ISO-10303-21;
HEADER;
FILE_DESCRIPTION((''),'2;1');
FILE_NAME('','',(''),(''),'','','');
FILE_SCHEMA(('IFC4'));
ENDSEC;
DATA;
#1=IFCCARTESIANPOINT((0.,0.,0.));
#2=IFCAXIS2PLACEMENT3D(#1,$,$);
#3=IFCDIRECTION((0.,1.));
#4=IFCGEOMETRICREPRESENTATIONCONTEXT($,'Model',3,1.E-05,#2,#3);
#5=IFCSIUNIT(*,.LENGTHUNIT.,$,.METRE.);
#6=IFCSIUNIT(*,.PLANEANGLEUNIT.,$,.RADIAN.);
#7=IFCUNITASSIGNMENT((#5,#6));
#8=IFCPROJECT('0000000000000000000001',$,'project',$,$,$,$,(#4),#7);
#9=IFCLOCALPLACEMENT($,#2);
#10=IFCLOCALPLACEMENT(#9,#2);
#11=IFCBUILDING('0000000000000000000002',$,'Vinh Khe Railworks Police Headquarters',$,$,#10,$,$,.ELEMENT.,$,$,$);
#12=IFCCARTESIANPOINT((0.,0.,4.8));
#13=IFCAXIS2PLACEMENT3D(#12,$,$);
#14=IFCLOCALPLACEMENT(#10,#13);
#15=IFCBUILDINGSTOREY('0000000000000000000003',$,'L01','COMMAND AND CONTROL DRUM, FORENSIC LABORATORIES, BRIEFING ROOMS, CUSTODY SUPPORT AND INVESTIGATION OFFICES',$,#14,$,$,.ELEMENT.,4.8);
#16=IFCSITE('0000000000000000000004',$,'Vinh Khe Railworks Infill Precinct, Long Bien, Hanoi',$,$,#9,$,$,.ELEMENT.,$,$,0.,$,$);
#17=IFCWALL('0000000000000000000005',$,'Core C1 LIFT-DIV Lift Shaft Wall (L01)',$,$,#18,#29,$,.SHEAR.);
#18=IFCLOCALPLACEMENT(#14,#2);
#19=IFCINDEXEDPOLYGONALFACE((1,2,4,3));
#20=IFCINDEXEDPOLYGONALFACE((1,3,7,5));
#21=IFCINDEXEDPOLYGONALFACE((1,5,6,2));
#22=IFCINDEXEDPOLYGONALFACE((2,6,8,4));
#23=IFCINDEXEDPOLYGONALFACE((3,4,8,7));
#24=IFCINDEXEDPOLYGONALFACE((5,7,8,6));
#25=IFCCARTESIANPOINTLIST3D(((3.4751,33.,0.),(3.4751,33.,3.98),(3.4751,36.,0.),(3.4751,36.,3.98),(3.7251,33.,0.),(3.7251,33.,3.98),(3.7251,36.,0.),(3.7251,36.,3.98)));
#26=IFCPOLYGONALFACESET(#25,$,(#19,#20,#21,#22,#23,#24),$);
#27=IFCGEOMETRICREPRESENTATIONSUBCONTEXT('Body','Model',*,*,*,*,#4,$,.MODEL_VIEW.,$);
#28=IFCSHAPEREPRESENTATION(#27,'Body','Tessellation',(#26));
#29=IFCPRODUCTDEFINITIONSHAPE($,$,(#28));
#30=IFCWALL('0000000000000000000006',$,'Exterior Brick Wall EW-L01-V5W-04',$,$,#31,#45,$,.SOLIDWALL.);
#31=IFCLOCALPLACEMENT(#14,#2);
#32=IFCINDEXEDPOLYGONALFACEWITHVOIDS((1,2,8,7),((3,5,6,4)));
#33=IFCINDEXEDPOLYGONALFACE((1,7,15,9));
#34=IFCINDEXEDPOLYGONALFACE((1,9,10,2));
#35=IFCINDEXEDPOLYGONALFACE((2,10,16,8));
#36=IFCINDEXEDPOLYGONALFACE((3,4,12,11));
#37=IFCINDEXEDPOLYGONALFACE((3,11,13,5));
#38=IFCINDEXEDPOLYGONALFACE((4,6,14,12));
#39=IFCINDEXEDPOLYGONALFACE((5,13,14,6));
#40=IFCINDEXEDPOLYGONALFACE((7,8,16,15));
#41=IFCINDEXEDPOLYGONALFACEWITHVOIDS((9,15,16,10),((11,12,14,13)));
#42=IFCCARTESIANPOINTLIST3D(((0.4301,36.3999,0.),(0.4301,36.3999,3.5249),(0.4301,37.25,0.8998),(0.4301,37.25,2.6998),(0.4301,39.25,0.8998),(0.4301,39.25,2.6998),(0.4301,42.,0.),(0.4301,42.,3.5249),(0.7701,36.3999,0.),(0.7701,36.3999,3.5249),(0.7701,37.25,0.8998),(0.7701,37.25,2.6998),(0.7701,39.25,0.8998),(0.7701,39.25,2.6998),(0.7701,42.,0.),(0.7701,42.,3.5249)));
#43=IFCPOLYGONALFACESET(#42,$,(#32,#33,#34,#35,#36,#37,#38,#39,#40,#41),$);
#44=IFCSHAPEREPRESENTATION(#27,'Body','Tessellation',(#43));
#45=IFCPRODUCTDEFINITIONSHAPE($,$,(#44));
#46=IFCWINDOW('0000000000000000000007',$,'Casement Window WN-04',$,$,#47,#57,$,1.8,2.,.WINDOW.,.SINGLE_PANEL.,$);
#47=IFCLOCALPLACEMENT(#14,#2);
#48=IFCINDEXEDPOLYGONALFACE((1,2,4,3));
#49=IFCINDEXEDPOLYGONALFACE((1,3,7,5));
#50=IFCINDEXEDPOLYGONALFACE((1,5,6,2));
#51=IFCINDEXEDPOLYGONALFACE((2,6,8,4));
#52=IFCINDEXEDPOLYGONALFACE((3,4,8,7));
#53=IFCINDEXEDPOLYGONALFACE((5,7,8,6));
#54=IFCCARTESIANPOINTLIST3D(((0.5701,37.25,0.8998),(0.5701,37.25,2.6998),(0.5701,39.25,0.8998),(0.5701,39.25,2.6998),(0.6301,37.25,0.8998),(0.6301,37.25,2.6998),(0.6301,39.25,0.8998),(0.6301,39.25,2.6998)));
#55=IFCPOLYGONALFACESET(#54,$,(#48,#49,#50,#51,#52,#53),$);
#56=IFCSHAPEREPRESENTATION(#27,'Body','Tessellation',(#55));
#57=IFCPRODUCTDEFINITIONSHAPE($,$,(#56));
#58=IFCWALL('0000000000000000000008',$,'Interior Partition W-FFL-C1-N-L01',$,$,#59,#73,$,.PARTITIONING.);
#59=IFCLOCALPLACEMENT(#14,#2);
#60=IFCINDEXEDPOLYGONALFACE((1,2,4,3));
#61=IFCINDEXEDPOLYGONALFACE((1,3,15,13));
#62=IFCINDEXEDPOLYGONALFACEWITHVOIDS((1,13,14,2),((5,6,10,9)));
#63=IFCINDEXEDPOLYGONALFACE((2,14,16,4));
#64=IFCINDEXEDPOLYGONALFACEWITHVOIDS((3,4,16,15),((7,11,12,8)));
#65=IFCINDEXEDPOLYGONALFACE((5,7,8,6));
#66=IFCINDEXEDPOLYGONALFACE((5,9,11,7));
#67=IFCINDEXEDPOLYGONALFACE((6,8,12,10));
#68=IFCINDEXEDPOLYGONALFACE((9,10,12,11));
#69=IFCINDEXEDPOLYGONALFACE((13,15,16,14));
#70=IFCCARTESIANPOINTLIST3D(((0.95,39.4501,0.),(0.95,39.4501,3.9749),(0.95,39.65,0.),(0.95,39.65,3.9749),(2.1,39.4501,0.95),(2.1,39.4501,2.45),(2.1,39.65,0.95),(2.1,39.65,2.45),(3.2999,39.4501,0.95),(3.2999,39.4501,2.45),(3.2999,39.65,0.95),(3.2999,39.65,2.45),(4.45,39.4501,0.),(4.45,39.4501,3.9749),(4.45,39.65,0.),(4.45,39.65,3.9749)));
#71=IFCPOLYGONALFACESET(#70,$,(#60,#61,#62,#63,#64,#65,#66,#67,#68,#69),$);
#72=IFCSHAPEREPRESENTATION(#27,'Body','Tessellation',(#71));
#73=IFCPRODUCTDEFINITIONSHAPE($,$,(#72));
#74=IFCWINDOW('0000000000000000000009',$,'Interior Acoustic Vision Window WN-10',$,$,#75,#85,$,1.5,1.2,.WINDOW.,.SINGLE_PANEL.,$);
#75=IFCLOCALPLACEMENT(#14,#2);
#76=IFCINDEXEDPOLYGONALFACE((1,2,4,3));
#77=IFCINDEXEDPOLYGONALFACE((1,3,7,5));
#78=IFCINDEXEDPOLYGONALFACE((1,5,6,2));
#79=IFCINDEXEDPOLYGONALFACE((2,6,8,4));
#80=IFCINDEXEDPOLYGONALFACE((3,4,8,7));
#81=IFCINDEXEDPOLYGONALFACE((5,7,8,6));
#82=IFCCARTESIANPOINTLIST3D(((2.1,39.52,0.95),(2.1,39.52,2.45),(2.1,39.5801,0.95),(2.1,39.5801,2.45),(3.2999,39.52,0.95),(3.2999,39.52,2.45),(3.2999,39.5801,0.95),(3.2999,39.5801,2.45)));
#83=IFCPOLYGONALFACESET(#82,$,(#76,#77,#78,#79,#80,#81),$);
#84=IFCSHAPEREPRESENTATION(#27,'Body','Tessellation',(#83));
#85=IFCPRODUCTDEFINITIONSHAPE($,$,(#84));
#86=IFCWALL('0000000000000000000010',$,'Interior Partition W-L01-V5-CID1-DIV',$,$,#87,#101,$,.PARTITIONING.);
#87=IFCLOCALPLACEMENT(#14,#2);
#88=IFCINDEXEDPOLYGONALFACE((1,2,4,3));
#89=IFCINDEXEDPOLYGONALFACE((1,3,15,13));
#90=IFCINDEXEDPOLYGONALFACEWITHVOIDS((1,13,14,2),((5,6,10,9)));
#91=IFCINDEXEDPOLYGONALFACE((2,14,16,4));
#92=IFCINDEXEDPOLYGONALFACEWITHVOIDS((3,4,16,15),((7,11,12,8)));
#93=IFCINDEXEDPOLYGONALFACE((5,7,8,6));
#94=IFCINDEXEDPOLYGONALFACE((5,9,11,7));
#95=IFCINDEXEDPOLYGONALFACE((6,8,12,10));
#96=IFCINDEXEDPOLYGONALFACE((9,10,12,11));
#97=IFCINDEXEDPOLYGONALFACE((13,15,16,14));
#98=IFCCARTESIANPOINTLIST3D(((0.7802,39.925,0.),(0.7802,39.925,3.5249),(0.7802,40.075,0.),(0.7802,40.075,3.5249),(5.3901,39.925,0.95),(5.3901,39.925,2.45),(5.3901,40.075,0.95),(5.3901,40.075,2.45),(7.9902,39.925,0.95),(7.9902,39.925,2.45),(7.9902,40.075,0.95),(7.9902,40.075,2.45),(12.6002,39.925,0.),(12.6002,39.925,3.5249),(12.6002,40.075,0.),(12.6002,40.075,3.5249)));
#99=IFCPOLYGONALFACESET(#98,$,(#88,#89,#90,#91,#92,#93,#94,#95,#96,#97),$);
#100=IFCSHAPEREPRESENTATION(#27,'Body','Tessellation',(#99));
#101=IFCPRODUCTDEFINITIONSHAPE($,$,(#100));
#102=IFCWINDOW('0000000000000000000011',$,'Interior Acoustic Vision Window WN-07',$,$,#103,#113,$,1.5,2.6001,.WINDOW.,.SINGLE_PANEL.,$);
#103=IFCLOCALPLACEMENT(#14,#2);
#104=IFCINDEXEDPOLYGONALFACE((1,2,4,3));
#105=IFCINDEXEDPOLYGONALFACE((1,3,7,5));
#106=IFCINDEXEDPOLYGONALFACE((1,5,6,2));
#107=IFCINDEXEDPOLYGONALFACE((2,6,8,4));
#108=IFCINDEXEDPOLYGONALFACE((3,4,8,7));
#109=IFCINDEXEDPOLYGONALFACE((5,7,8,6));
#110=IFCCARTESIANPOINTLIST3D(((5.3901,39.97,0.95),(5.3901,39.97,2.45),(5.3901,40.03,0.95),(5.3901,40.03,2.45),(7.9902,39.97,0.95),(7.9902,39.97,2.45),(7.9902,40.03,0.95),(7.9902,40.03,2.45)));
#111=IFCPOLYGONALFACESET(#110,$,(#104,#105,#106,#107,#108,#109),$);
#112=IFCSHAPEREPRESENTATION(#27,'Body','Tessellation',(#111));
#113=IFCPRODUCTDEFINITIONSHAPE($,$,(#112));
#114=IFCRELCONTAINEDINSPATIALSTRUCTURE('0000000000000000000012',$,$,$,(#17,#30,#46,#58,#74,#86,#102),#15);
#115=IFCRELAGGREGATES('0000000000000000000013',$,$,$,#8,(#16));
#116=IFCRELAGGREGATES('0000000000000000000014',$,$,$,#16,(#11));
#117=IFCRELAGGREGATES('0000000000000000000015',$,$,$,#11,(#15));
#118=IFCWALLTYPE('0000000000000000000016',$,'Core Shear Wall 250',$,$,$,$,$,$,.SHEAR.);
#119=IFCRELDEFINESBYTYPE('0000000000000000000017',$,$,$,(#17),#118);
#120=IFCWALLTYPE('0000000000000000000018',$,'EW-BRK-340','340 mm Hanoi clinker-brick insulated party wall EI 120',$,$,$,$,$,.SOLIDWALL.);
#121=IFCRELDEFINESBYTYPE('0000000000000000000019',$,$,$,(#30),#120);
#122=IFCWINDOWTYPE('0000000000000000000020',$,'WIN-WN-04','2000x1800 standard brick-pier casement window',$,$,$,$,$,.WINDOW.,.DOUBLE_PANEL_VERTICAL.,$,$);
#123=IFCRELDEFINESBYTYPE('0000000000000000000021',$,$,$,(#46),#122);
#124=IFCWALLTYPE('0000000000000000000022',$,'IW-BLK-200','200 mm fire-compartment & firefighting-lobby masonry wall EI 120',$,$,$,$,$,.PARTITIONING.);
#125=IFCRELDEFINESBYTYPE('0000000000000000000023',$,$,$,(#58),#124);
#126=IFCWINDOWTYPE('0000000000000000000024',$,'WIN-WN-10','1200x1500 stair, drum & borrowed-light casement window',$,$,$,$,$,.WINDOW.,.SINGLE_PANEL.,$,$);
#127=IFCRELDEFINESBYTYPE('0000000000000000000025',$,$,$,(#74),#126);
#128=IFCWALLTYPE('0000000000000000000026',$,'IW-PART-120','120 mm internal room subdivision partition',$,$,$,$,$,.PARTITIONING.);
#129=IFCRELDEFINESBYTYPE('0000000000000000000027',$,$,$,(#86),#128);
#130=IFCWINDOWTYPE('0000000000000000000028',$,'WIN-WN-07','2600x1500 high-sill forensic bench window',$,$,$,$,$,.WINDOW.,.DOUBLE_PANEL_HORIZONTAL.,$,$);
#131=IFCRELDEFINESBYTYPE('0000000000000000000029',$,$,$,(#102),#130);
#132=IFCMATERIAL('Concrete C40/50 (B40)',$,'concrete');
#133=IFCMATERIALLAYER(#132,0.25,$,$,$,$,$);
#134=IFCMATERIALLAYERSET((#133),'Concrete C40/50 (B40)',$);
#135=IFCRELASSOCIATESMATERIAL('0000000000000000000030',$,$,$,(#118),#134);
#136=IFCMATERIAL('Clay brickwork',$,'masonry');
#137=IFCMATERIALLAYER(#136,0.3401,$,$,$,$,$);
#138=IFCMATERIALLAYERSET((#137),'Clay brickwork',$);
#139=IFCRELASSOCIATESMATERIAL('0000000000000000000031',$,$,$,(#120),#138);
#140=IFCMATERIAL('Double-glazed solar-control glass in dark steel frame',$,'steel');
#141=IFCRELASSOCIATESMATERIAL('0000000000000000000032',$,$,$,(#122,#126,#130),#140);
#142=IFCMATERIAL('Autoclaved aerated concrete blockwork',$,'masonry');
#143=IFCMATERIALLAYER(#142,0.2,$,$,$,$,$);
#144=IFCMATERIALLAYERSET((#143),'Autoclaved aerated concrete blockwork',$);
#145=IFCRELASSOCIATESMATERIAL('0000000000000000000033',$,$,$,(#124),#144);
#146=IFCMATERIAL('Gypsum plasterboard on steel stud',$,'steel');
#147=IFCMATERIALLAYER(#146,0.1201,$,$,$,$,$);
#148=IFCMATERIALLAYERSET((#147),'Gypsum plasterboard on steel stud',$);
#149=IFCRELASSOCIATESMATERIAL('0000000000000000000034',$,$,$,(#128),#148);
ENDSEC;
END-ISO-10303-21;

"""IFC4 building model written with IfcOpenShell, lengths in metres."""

from ifc_helpers import new_model, si_unit, direction, frame, frame_2d, origin, place, context, subcontext, project, spatial, rectangle, extrude, material, layer, layer_set, type_object, element, fill, save


model = new_model("IFC4")

# Units and contexts
model_context = context("Model", 3, precision=1e-05, world=origin(), true_north=direction((0.0, 1.0)))
body_context = subcontext(model_context, "Body", "Model", "MODEL_VIEW")
ifc_project = project(units=[si_unit("LENGTHUNIT", "METRE"), si_unit("PLANEANGLEUNIT", "RADIAN")], contexts=[model_context])

# Site, building, storey
site_placement = place(None, origin())
site = spatial("IfcSite", under=ifc_project, at=site_placement, Name="Vinh Khe Railworks Infill Precinct, Long Bien, Hanoi", CompositionType="ELEMENT", RefElevation=0.0)
building_placement = place(site_placement, origin())
building = spatial("IfcBuilding", under=site, at=building_placement, Name="Vinh Khe Railworks Police Headquarters", CompositionType="ELEMENT")
storey_placement = place(building_placement, frame((0.0, 0.0, 4.8)))
storey = spatial("IfcBuildingStorey", under=building, at=storey_placement, Name="L01", Description="COMMAND AND CONTROL DRUM, FORENSIC LABORATORIES, BRIEFING ROOMS, CUSTODY SUPPORT AND INVESTIGATION OFFICES", CompositionType="ELEMENT", Elevation=4.8)

# Shared definitions
ifc_material_1 = material(Name="Concrete C40/50 (B40)", Category="concrete")

# Shared definitions
ifc_layer_1 = layer(ifc_material_1, 0.25)
ifc_layer_set_1 = layer_set([ifc_layer_1], Name="Concrete C40/50 (B40)")
wall_type_1 = type_object("IfcWallType", Name="Core Shear Wall 250", PredefinedType="SHEAR", material=ifc_layer_set_1)

# Wall
for number, where, z_axis, x_axis, name in (
    (1, (3.6001, 33.0, 0.0), (0.0, 0.0, 1.0), (0.0, 1.0, 0.0), "Core C1 LIFT-DIV Lift Shaft Wall (L01)"),
):
    element("IfcWall", number, at=place(storey_placement, frame(where, z_axis=z_axis, x_axis=x_axis)), inside=storey, type_object=wall_type_1, Name=name, PredefinedType="SHEAR", context=body_context, shape_type="SweptSolid", body=[
        extrude(rectangle(XDim=3.0, YDim=0.25, at=frame_2d((1.5, 0.0))), origin(), (0.0, 0.0, 1.0), 3.98),
    ])

# Walls, openings, windows
ifc_material_2 = material(Name="Clay brickwork", Category="masonry")
ifc_layer_2 = layer(ifc_material_2, 0.3401)
ifc_layer_set_2 = layer_set([ifc_layer_2], Name="Clay brickwork")
wall_type_2 = type_object("IfcWallType", Name="EW-BRK-340", Description="340 mm Hanoi clinker-brick insulated party wall EI 120", PredefinedType="SOLIDWALL", material=ifc_layer_set_2)
wall_1_placement = place(storey_placement, frame((0.6001, 36.3999, 0.0), z_axis=(0.0, 0.0, 1.0), x_axis=(0.0, 1.0, 0.0)))
wall_1 = element("IfcWall", 2, at=wall_1_placement, inside=storey, type_object=wall_type_2, Name="Exterior Brick Wall EW-L01-V5W-04", PredefinedType="SOLIDWALL", context=body_context, shape_type="SweptSolid", body=[
    extrude(rectangle(XDim=5.6001, YDim=0.3401, at=frame_2d((2.8, 0.0))), origin(), (0.0, 0.0, 1.0), 3.5249),
])
opening_1_placement = place(wall_1_placement, frame((0.8501, 0.0, 0.8999)))
opening_1 = element("IfcOpeningElement", 3, at=opening_1_placement, cuts=wall_1, PredefinedType="OPENING", context=body_context, shape_type="SweptSolid", body=[
    extrude(rectangle(XDim=2.0, YDim=1.8, at=frame_2d((1.0, 0.8999))), frame((0.0, 0.1851, 0.0), z_axis=(0.0, -1.0, 0.0), x_axis=(1.0, 0.0, 0.0)), (0.0, 0.0, 1.0), 0.3699),
])
ifc_material_3 = material(Name="Double-glazed solar-control glass in dark steel frame", Category="steel")
window_type_1 = type_object("IfcWindowType", Name="WIN-WN-04", Description="2000x1800 standard brick-pier casement window", PartitioningType="DOUBLE_PANEL_VERTICAL", PredefinedType="WINDOW", material=ifc_material_3)
window_1_placement = place(opening_1_placement, origin())
window_1 = element("IfcWindow", 4, at=window_1_placement, inside=storey, type_object=window_type_1, Name="Casement Window WN-04", OverallHeight=1.8, OverallWidth=2.0, PartitioningType="SINGLE_PANEL", PredefinedType="WINDOW", context=body_context, shape_type="SweptSolid", body=[
    extrude(rectangle(XDim=2.0, YDim=1.8, at=frame_2d((1.0, 0.8999))), frame((0.0, 0.03, 0.0), z_axis=(0.0, -1.0, 0.0), x_axis=(1.0, 0.0, 0.0)), (0.0, 0.0, 1.0), 0.0601),
])
fill(opening_1, window_1)
ifc_material_4 = material(Name="Autoclaved aerated concrete blockwork", Category="masonry")
ifc_layer_3 = layer(ifc_material_4, 0.2)
ifc_layer_set_3 = layer_set([ifc_layer_3], Name="Autoclaved aerated concrete blockwork")
wall_type_3 = type_object("IfcWallType", Name="IW-BLK-200", Description="200 mm fire-compartment & firefighting-lobby masonry wall EI 120", PredefinedType="PARTITIONING", material=ifc_layer_set_3)
wall_2_placement = place(storey_placement, frame((0.95, 39.55, 0.0), z_axis=(0.0, 0.0, 1.0), x_axis=(1.0, 0.0, 0.0)))
wall_2 = element("IfcWall", 5, at=wall_2_placement, inside=storey, type_object=wall_type_3, Name="Interior Partition W-FFL-C1-N-L01", PredefinedType="PARTITIONING", context=body_context, shape_type="SweptSolid", body=[
    extrude(rectangle(XDim=3.5, YDim=0.2, at=frame_2d((1.75, 0.0))), origin(), (0.0, 0.0, 1.0), 3.9749),
])
opening_2_placement = place(wall_2_placement, frame((1.1499, 0.0, 0.95)))
opening_2 = element("IfcOpeningElement", 6, at=opening_2_placement, cuts=wall_2, PredefinedType="OPENING", context=body_context, shape_type="SweptSolid", body=[
    extrude(rectangle(XDim=1.2, YDim=1.5, at=frame_2d((0.6001, 0.75))), frame((0.0, 0.1147, 0.0), z_axis=(0.0, -1.0, 0.0), x_axis=(1.0, 0.0, 0.0)), (0.0, 0.0, 1.0), 0.2297),
])
window_type_2 = type_object("IfcWindowType", Name="WIN-WN-10", Description="1200x1500 stair, drum & borrowed-light casement window", PartitioningType="SINGLE_PANEL", PredefinedType="WINDOW", material=ifc_material_3)
window_2_placement = place(opening_2_placement, origin())
window_2 = element("IfcWindow", 7, at=window_2_placement, inside=storey, type_object=window_type_2, Name="Interior Acoustic Vision Window WN-10", OverallHeight=1.5, OverallWidth=1.2, PartitioningType="SINGLE_PANEL", PredefinedType="WINDOW", context=body_context, shape_type="SweptSolid", body=[
    extrude(rectangle(XDim=1.2, YDim=1.5, at=frame_2d((0.6001, 0.75))), frame((0.0, 0.03, 0.0), z_axis=(0.0, -1.0, 0.0), x_axis=(1.0, 0.0, 0.0)), (0.0, 0.0, 1.0), 0.0601),
])
fill(opening_2, window_2)

# Wall, opening, window
ifc_material_5 = material(Name="Gypsum plasterboard on steel stud", Category="steel")
ifc_layer_4 = layer(ifc_material_5, 0.1201)
ifc_layer_set_4 = layer_set([ifc_layer_4], Name="Gypsum plasterboard on steel stud")
wall_type_4 = type_object("IfcWallType", Name="IW-PART-120", Description="120 mm internal room subdivision partition", PredefinedType="PARTITIONING", material=ifc_layer_set_4)
wall_3_placement = place(storey_placement, frame((0.78, 40.0, 0.0), z_axis=(0.0, 0.0, 1.0), x_axis=(1.0, 0.0, 0.0)))
wall_3 = element("IfcWall", 8, at=wall_3_placement, inside=storey, type_object=wall_type_4, Name="Interior Partition W-L01-V5-CID1-DIV", PredefinedType="PARTITIONING", context=body_context, shape_type="SweptSolid", body=[
    extrude(rectangle(XDim=11.8201, YDim=0.1499, at=frame_2d((5.9102, 0.0))), origin(), (0.0, 0.0, 1.0), 3.5249),
])
opening_3_placement = place(wall_3_placement, frame((4.6101, 0.0, 0.95)))
opening_3 = element("IfcOpeningElement", 9, at=opening_3_placement, cuts=wall_3, PredefinedType="OPENING", context=body_context, shape_type="SweptSolid", body=[
    extrude(rectangle(XDim=2.6001, YDim=1.5, at=frame_2d((1.3, 0.75))), frame((0.0, 0.0898, 0.0), z_axis=(0.0, -1.0, 0.0), x_axis=(1.0, 0.0, 0.0)), (0.0, 0.0, 1.0), 0.1797),
])
window_type_3 = type_object("IfcWindowType", Name="WIN-WN-07", Description="2600x1500 high-sill forensic bench window", PartitioningType="DOUBLE_PANEL_HORIZONTAL", PredefinedType="WINDOW", material=ifc_material_3)
window_3_placement = place(opening_3_placement, origin())
window_3 = element("IfcWindow", 10, at=window_3_placement, inside=storey, type_object=window_type_3, Name="Interior Acoustic Vision Window WN-07", OverallHeight=1.5, OverallWidth=2.6001, PartitioningType="SINGLE_PANEL", PredefinedType="WINDOW", context=body_context, shape_type="SweptSolid", body=[
    extrude(rectangle(XDim=2.6001, YDim=1.5, at=frame_2d((1.3, 0.75))), frame((0.0, 0.03, 0.0), z_axis=(0.0, -1.0, 0.0), x_axis=(1.0, 0.0, 0.0)), (0.0, 0.0, 1.0), 0.0601),
])
fill(opening_3, window_3)

save(model, "model.ifc")
